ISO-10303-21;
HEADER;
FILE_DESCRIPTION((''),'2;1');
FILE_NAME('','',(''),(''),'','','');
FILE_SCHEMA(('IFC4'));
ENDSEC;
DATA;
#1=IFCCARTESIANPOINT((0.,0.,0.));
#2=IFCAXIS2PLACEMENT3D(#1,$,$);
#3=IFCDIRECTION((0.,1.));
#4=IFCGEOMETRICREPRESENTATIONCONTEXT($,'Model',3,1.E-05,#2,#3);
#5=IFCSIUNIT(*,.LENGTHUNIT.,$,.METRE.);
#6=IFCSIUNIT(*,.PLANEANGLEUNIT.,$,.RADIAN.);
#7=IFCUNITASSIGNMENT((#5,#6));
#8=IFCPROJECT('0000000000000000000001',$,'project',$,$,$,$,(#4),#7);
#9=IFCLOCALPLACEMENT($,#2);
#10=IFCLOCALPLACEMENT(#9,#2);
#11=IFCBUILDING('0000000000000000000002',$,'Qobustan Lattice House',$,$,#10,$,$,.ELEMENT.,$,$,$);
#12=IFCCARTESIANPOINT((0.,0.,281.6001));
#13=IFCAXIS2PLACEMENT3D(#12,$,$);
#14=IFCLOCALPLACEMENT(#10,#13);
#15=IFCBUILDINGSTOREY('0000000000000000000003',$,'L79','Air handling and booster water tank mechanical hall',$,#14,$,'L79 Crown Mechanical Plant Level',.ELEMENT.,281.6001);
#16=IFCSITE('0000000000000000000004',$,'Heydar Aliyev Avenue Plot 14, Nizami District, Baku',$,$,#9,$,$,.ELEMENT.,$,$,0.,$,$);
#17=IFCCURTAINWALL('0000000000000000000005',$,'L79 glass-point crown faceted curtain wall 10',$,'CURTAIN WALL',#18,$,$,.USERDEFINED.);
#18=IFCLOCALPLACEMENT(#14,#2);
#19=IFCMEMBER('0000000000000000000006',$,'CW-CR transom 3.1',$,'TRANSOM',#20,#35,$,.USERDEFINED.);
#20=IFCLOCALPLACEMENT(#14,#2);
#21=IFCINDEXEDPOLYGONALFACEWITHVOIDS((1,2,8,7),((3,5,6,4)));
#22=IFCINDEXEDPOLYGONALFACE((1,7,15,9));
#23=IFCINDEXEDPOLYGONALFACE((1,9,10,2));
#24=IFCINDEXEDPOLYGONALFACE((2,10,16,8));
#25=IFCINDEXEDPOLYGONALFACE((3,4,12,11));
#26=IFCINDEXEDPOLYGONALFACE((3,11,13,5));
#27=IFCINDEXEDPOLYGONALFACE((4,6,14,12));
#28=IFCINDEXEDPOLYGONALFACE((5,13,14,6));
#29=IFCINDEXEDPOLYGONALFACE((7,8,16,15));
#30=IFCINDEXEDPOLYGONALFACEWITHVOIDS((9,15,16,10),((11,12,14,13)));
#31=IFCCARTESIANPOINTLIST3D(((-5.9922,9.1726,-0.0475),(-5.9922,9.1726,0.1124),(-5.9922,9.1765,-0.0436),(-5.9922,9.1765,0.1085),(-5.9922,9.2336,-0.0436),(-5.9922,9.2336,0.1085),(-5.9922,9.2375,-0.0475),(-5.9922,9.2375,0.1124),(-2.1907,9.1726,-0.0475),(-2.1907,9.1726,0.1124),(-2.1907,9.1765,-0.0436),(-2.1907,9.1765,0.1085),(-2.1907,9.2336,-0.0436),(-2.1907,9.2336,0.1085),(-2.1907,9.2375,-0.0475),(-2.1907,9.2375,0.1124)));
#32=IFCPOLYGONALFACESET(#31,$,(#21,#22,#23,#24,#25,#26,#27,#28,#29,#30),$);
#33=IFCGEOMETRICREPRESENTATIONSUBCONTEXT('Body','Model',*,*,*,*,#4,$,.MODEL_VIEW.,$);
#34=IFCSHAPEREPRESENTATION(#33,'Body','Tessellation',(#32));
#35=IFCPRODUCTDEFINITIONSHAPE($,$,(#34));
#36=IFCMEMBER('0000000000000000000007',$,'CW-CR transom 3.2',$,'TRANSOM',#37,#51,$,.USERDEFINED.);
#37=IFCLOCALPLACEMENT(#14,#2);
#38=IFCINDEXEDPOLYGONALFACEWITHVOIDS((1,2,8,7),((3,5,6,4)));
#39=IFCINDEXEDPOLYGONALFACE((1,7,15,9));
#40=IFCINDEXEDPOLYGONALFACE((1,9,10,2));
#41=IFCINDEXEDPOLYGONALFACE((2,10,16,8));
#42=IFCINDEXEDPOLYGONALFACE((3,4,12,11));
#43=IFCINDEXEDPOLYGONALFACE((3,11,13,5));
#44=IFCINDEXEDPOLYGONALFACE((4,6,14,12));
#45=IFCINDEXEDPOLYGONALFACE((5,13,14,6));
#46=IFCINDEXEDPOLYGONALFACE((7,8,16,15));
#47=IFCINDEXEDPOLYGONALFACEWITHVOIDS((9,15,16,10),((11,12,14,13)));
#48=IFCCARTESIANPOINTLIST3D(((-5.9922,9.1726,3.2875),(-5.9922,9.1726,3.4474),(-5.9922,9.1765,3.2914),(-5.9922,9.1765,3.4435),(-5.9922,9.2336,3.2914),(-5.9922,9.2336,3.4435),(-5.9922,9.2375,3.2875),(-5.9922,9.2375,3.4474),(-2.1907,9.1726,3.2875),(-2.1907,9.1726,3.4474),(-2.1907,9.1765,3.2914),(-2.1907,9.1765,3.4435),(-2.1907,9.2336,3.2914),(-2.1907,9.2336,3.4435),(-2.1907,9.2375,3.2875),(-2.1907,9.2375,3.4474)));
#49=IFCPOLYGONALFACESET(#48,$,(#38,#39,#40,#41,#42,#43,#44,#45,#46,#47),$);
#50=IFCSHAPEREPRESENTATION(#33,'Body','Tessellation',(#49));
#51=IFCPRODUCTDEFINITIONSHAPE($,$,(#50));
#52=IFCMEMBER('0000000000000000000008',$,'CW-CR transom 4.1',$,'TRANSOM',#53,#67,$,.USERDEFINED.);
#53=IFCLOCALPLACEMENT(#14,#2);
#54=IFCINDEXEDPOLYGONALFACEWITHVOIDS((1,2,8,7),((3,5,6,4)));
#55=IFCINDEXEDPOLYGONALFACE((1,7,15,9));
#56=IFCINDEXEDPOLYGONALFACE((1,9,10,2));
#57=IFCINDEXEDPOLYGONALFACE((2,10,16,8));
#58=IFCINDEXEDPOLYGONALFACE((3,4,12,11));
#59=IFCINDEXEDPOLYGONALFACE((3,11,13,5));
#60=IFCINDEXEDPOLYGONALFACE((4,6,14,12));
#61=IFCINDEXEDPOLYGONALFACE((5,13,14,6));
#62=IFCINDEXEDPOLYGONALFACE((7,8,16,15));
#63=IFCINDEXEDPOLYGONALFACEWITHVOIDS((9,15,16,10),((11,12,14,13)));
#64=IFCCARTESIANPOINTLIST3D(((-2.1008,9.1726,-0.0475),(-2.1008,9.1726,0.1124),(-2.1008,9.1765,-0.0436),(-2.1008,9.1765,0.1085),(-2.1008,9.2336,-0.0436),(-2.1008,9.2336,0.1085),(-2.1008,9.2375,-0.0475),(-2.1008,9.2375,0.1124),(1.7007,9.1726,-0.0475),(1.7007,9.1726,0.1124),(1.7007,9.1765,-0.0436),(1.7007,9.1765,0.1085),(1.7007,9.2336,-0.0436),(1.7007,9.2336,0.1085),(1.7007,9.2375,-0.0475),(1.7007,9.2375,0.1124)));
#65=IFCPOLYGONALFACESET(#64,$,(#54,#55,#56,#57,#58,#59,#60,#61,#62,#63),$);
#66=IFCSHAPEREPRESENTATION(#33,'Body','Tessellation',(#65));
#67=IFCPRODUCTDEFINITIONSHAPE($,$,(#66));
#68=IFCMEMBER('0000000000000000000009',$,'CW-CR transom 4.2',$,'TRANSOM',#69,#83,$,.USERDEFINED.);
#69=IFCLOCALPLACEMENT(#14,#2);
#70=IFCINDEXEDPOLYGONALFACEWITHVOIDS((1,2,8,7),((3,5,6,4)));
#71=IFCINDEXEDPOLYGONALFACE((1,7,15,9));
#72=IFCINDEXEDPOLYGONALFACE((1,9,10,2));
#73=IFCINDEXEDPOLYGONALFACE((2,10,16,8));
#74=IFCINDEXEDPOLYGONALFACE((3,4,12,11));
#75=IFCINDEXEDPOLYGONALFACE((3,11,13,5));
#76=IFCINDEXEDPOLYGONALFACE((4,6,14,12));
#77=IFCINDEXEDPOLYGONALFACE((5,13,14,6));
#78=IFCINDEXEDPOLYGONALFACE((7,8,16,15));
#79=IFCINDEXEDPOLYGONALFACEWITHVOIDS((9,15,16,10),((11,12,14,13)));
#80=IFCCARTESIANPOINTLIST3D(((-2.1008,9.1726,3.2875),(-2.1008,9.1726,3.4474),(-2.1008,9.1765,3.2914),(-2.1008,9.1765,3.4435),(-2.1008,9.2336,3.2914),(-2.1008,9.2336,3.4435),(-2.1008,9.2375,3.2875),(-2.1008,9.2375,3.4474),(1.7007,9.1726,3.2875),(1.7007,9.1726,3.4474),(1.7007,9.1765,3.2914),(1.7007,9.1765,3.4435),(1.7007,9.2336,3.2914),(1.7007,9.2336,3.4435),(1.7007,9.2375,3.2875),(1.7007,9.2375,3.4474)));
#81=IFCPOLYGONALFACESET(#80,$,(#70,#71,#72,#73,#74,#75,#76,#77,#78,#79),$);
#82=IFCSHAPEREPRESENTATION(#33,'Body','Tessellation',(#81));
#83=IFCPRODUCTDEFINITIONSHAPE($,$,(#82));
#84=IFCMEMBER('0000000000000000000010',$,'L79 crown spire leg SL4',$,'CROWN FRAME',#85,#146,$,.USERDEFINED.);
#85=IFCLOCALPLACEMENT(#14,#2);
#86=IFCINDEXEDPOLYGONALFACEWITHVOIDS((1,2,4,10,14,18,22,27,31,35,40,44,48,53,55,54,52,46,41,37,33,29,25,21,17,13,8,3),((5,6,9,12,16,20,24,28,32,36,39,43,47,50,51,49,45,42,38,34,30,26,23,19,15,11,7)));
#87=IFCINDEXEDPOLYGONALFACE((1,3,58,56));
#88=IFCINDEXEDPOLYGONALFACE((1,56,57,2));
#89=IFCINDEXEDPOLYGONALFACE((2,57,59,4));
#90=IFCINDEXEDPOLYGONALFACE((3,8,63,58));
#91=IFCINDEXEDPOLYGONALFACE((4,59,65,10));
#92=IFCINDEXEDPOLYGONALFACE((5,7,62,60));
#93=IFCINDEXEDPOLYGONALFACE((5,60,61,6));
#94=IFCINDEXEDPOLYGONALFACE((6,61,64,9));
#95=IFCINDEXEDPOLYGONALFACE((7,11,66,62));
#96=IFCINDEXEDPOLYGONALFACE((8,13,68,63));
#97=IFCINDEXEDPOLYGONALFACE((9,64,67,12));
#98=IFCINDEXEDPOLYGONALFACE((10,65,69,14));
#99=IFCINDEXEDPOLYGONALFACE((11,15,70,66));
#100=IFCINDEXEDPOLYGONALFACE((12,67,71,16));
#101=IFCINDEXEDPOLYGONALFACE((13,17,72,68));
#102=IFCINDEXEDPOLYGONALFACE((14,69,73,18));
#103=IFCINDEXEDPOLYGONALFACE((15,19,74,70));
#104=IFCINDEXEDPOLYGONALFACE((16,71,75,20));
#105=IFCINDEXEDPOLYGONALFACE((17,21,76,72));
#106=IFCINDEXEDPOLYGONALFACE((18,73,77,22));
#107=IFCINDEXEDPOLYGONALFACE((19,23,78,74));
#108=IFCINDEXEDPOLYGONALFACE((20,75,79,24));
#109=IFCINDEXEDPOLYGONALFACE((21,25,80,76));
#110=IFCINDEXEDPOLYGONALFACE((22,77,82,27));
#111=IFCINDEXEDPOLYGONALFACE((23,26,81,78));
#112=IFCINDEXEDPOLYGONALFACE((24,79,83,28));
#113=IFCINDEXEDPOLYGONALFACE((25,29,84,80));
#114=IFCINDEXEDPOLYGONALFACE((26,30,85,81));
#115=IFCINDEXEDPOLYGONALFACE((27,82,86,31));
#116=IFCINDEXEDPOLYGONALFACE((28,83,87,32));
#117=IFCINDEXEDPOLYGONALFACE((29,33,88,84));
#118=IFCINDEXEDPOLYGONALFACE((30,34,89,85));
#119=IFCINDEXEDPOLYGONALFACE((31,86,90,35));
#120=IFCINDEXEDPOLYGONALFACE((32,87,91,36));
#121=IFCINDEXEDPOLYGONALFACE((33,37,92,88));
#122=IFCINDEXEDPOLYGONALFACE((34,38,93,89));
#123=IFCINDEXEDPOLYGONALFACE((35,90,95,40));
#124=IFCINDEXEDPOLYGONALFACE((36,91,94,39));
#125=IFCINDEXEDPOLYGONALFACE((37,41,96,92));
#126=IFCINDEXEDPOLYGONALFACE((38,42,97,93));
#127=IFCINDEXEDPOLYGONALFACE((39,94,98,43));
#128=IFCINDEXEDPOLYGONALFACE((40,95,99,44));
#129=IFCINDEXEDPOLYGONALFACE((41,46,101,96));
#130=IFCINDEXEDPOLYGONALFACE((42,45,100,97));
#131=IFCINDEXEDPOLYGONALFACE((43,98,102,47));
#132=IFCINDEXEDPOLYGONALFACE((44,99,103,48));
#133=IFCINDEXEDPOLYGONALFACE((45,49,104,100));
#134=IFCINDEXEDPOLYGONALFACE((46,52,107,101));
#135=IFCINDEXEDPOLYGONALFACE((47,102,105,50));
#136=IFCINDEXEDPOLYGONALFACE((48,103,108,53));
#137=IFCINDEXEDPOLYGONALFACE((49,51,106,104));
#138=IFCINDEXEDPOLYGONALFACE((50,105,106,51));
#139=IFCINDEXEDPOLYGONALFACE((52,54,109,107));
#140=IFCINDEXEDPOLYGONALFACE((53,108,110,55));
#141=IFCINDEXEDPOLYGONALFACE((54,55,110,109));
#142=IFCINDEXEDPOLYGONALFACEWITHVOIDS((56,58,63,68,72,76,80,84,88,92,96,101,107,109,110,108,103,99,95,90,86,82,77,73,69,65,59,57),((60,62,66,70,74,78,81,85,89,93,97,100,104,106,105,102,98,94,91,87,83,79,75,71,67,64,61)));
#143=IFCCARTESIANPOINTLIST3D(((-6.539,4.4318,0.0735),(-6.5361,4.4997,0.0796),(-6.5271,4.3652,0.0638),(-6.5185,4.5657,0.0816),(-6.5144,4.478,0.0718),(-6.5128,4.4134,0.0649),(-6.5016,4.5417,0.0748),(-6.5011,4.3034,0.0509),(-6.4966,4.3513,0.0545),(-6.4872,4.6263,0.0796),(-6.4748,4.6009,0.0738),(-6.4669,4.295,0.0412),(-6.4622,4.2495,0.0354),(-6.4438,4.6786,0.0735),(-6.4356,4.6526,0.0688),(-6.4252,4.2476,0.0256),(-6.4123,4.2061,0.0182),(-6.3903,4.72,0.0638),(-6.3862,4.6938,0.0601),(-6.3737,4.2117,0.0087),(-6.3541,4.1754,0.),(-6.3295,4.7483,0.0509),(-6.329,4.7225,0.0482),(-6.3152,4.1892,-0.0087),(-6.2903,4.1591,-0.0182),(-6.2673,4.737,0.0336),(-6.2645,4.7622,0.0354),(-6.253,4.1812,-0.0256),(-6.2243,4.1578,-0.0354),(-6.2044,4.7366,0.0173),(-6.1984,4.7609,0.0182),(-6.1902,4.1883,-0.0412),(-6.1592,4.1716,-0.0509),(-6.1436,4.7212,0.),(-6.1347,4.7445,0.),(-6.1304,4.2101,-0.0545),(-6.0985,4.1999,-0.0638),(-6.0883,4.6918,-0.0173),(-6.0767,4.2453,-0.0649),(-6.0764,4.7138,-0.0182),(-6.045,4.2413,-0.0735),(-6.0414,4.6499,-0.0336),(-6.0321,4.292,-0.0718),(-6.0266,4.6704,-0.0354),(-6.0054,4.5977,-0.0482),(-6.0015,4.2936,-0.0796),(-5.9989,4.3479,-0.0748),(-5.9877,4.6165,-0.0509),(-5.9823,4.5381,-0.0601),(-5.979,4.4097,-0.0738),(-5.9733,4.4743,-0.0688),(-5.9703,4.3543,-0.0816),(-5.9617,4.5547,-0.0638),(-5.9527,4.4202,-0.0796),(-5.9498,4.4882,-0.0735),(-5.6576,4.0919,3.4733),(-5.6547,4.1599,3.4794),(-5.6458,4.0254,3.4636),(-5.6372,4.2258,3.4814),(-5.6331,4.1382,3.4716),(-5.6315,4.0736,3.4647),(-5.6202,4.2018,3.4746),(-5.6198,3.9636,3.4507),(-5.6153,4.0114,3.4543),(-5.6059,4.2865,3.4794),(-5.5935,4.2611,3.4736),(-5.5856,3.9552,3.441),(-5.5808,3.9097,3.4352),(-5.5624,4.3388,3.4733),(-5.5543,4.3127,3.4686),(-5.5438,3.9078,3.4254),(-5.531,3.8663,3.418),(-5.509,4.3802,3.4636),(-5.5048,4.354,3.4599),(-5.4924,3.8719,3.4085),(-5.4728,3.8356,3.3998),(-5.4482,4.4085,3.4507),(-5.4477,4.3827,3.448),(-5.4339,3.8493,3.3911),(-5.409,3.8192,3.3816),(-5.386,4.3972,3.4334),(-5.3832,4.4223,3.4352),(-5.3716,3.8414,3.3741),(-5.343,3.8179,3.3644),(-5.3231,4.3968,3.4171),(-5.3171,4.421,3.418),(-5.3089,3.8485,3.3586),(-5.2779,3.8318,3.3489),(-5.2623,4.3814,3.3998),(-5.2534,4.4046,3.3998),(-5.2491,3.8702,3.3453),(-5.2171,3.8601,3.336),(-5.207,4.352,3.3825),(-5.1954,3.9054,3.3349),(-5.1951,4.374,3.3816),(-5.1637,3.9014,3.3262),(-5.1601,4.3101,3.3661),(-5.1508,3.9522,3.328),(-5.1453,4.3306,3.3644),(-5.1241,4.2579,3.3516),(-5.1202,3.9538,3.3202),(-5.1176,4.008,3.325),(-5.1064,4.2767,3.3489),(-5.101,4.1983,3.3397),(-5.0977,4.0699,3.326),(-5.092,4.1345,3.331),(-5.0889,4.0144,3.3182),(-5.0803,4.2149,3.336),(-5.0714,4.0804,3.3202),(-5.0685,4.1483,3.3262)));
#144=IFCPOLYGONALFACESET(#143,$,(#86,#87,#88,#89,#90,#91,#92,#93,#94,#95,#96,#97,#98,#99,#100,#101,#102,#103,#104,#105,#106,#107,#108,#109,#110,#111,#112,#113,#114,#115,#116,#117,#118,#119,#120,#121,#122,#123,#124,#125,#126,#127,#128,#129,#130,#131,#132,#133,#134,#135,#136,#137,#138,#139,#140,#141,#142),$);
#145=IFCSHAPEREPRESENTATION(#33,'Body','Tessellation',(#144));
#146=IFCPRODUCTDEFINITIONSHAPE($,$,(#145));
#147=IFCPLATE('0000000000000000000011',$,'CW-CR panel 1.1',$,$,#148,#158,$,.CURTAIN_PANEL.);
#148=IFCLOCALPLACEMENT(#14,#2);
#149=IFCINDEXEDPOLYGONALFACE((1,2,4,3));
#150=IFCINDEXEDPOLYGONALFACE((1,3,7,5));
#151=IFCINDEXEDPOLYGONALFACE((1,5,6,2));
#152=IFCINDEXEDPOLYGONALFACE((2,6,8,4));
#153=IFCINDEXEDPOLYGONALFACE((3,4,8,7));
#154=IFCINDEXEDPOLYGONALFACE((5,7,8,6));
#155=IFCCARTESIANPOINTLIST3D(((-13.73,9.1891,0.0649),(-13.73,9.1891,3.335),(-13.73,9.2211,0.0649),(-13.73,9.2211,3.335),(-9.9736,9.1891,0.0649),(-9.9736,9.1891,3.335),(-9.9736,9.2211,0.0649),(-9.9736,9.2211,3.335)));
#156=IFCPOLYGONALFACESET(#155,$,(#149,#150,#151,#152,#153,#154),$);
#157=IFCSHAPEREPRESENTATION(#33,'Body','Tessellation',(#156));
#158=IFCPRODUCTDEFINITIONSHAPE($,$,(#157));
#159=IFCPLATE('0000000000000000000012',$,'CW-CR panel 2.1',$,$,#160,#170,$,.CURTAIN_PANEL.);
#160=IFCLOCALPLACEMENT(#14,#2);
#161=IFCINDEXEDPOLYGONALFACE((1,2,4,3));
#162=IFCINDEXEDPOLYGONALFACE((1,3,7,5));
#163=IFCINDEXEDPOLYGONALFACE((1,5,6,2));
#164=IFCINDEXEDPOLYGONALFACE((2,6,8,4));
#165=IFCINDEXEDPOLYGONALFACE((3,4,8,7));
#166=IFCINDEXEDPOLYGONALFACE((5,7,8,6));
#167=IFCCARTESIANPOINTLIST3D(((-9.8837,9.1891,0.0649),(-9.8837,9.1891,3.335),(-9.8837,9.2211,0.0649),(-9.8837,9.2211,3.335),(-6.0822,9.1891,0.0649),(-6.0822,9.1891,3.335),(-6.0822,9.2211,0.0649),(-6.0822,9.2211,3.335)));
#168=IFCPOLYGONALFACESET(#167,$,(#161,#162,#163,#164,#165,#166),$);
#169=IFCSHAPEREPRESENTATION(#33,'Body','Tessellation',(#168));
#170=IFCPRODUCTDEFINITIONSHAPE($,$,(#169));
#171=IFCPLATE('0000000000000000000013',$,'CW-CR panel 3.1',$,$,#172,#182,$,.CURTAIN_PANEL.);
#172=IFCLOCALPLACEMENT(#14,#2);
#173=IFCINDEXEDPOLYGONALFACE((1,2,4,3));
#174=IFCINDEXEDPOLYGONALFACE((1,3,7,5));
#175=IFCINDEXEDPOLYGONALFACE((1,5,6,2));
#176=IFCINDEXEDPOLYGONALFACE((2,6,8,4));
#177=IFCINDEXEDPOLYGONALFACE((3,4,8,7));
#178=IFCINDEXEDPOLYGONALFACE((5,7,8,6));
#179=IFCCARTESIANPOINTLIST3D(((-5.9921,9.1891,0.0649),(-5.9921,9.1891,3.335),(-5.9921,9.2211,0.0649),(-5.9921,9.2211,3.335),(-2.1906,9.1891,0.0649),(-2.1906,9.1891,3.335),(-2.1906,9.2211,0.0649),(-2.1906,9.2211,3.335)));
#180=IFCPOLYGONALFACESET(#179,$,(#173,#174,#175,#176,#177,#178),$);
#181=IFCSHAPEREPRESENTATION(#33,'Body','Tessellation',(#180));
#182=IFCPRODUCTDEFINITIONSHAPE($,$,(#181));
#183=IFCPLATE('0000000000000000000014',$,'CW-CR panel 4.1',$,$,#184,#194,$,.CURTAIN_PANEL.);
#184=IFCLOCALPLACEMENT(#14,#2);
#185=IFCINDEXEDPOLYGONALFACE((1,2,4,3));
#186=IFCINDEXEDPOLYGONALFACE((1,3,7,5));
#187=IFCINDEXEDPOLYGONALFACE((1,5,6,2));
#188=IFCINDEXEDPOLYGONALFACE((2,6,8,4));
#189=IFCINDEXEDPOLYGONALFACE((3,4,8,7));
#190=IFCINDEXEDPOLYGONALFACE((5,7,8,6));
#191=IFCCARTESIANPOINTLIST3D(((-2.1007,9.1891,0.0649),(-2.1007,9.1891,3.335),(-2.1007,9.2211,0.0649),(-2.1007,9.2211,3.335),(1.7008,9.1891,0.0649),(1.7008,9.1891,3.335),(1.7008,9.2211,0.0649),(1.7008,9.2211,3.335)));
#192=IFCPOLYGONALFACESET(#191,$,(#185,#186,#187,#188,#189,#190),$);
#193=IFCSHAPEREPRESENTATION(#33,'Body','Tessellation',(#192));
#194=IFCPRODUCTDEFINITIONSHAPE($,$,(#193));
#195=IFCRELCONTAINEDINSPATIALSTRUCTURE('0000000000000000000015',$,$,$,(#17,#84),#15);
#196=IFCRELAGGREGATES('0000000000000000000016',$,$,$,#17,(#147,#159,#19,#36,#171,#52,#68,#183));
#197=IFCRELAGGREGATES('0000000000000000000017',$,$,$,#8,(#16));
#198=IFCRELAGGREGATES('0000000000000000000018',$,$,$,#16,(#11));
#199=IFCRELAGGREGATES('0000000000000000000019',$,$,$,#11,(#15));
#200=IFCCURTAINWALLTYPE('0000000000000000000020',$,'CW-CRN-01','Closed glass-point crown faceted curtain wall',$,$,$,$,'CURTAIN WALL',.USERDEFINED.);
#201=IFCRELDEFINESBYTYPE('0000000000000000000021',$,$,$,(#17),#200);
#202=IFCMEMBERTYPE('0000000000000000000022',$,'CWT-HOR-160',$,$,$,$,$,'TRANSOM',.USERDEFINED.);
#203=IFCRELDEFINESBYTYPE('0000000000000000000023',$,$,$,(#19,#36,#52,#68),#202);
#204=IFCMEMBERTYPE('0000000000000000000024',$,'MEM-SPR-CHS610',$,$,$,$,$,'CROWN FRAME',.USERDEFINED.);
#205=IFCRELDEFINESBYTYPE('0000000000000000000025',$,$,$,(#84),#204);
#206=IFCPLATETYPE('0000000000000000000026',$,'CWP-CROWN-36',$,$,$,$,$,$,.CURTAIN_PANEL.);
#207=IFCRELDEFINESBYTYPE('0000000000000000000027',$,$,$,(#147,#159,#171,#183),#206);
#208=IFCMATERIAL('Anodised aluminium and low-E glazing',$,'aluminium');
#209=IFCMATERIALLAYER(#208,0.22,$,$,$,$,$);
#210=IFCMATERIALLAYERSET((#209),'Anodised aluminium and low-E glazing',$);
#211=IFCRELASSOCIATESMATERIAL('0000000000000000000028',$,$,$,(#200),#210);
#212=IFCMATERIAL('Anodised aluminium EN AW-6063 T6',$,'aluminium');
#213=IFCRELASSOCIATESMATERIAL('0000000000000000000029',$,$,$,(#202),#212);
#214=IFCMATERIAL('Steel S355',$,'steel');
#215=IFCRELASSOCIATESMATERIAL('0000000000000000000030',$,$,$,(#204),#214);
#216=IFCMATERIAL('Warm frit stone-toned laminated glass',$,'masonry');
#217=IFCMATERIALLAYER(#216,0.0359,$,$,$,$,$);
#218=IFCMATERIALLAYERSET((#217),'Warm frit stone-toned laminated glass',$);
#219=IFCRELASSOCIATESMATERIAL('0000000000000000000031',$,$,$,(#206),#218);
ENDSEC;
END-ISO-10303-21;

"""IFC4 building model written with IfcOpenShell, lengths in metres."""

from ifc_helpers import new_model, si_unit, direction, frame, origin, origin_2d, place, context, subcontext, project, spatial, rectangle, hollow_rectangle, hollow_circle, extrude, material, layer, layer_set, material_profile, profile_set, type_object, element, aggregate, save


model = new_model("IFC4")

# Units and contexts
model_context = context("Model", 3, precision=1e-05, world=origin(), true_north=direction((0.0, 1.0)))
body_context = subcontext(model_context, "Body", "Model", "MODEL_VIEW")
ifc_project = project(units=[si_unit("LENGTHUNIT", "METRE"), si_unit("PLANEANGLEUNIT", "RADIAN")], contexts=[model_context])

# Site, building, storey
site_placement = place(None, origin())
site = spatial("IfcSite", under=ifc_project, at=site_placement, Name="Heydar Aliyev Avenue Plot 14, Nizami District, Baku", CompositionType="ELEMENT", RefElevation=0.0)
building_placement = place(site_placement, origin())
building = spatial("IfcBuilding", under=site, at=building_placement, Name="Qobustan Lattice House", CompositionType="ELEMENT")
storey_placement = place(building_placement, frame((0.0, 0.0, 281.6001)))
storey = spatial("IfcBuildingStorey", under=building, at=storey_placement, Name="L79", Description="Air handling and booster water tank mechanical hall", LongName="L79 Crown Mechanical Plant Level", CompositionType="ELEMENT", Elevation=281.6001)

# Curtain wall, members
ifc_material_1 = material(Name="Anodised aluminium and low-E glazing", Category="aluminium")
ifc_layer_1 = layer(ifc_material_1, 0.22)
ifc_layer_set_1 = layer_set([ifc_layer_1], Name="Anodised aluminium and low-E glazing")
curtain_wall_type = type_object("IfcCurtainWallType", Name="CW-CRN-01", Description="Closed glass-point crown faceted curtain wall", ElementType="CURTAIN WALL", PredefinedType="USERDEFINED", material=ifc_layer_set_1)
curtain_wall_placement = place(storey_placement, origin())
curtain_wall = element("IfcCurtainWall", 1, at=curtain_wall_placement, inside=storey, type_object=curtain_wall_type, Name="L79 glass-point crown faceted curtain wall 10", ObjectType="CURTAIN WALL", PredefinedType="USERDEFINED")
ifc_material_2 = material(Name="Anodised aluminium EN AW-6063 T6", Category="aluminium")
ifc_material_profile_1 = material_profile(ifc_material_2, hollow_rectangle(XDim=0.0649, YDim=0.1599, WallThickness=0.0039, at=origin_2d()), Name="CWT-160x65")
ifc_profile_set_1 = profile_set([ifc_material_profile_1], Name="Anodised aluminium EN AW-6063 T6")
member_type_1 = type_object("IfcMemberType", Name="CWT-HOR-160", ElementType="TRANSOM", PredefinedType="USERDEFINED", material=ifc_profile_set_1)
member_1_placement = place(storey_placement, frame((-5.9922, 9.2051, 0.0325), z_axis=(1.0, 0.0, 0.0), x_axis=(0.0, 1.0, 0.0)))
member_1 = element("IfcMember", 2, at=member_1_placement, type_object=member_type_1, Name="CW-CR transom 3.1", ObjectType="TRANSOM", PredefinedType="USERDEFINED", context=body_context, shape_type="SweptSolid", body=[
    extrude(hollow_rectangle(XDim=0.0649, YDim=0.1599, WallThickness=0.0039, at=origin_2d()), origin(), (0.0, 0.0, 1.0), 3.8015),
])
member_2_placement = place(storey_placement, frame((-5.9922, 9.2051, 3.3674), z_axis=(1.0, 0.0, 0.0), x_axis=(0.0, 1.0, 0.0)))
member_2 = element("IfcMember", 3, at=member_2_placement, type_object=member_type_1, Name="CW-CR transom 3.2", ObjectType="TRANSOM", PredefinedType="USERDEFINED", context=body_context, shape_type="SweptSolid", body=[
    extrude(hollow_rectangle(XDim=0.0649, YDim=0.1599, WallThickness=0.0039, at=origin_2d()), origin(), (0.0, 0.0, 1.0), 3.8015),
])
member_3_placement = place(storey_placement, frame((-2.1008, 9.2051, 0.0325), z_axis=(1.0, 0.0, 0.0), x_axis=(0.0, 1.0, 0.0)))
member_3 = element("IfcMember", 4, at=member_3_placement, type_object=member_type_1, Name="CW-CR transom 4.1", ObjectType="TRANSOM", PredefinedType="USERDEFINED", context=body_context, shape_type="SweptSolid", body=[
    extrude(hollow_rectangle(XDim=0.0649, YDim=0.1599, WallThickness=0.0039, at=origin_2d()), origin(), (0.0, 0.0, 1.0), 3.8015),
])
member_4_placement = place(storey_placement, frame((-2.1008, 9.2051, 3.3674), z_axis=(1.0, 0.0, 0.0), x_axis=(0.0, 1.0, 0.0)))
member_4 = element("IfcMember", 5, at=member_4_placement, type_object=member_type_1, Name="CW-CR transom 4.2", ObjectType="TRANSOM", PredefinedType="USERDEFINED", context=body_context, shape_type="SweptSolid", body=[
    extrude(hollow_rectangle(XDim=0.0649, YDim=0.1599, WallThickness=0.0039, at=origin_2d()), origin(), (0.0, 0.0, 1.0), 3.8015),
])

# Member
ifc_material_3 = material(Name="Steel S355", Category="steel")
ifc_material_profile_2 = material_profile(ifc_material_3, hollow_circle(Radius=0.3049, WallThickness=0.0249, at=origin_2d()), Name="CHS610x25")
ifc_profile_set_2 = profile_set([ifc_material_profile_2], Name="Steel S355")
member_type_2 = type_object("IfcMemberType", Name="MEM-SPR-CHS610", ElementType="CROWN FRAME", PredefinedType="USERDEFINED", material=ifc_profile_set_2)
member_5_placement = place(storey_placement, frame((-6.2444, 4.46, 0.0), z_axis=(0.249767, -0.096309, 0.963505), x_axis=(0.359776, 0.933039, 0.0)))
element("IfcMember", 6, at=member_5_placement, inside=storey, type_object=member_type_2, Name="L79 crown spire leg SL4", ObjectType="CROWN FRAME", PredefinedType="USERDEFINED", context=body_context, shape_type="SweptSolid", body=[
    extrude(hollow_circle(Radius=0.3049, WallThickness=0.0249, at=origin_2d()), origin(), (0.0, 0.0, 1.0), 3.5286),
])

# Plates
ifc_material_4 = material(Name="Warm frit stone-toned laminated glass", Category="masonry")
ifc_layer_2 = layer(ifc_material_4, 0.0359)
ifc_layer_set_2 = layer_set([ifc_layer_2], Name="Warm frit stone-toned laminated glass")
plate_type_1 = type_object("IfcPlateType", Name="CWP-CROWN-36", PredefinedType="CURTAIN_PANEL", material=ifc_layer_set_2)
plate_1_placement = place(storey_placement, frame((-11.8518, 9.2051, 0.0649), z_axis=(0.0, 0.0, 1.0), x_axis=(1.0, 0.0, 0.0)))
plate_1 = element("IfcPlate", 7, at=plate_1_placement, type_object=plate_type_1, Name="CW-CR panel 1.1", PredefinedType="CURTAIN_PANEL", context=body_context, shape_type="SweptSolid", body=[
    extrude(rectangle(XDim=3.7563, YDim=0.032, at=origin_2d()), origin(), (0.0, 0.0, 1.0), 3.27),
])
plate_2_placement = place(storey_placement, frame((-7.9829, 9.2051, 0.0649), z_axis=(0.0, 0.0, 1.0), x_axis=(1.0, 0.0, 0.0)))
plate_2 = element("IfcPlate", 8, at=plate_2_placement, type_object=plate_type_1, Name="CW-CR panel 2.1", PredefinedType="CURTAIN_PANEL", context=body_context, shape_type="SweptSolid", body=[
    extrude(rectangle(XDim=3.8015, YDim=0.032, at=origin_2d()), origin(), (0.0, 0.0, 1.0), 3.27),
])
plate_3_placement = place(storey_placement, frame((-4.0913, 9.2051, 0.0649), z_axis=(0.0, 0.0, 1.0), x_axis=(1.0, 0.0, 0.0)))
plate_3 = element("IfcPlate", 9, at=plate_3_placement, type_object=plate_type_1, Name="CW-CR panel 3.1", PredefinedType="CURTAIN_PANEL", context=body_context, shape_type="SweptSolid", body=[
    extrude(rectangle(XDim=3.8015, YDim=0.032, at=origin_2d()), origin(), (0.0, 0.0, 1.0), 3.27),
])
plate_4_placement = place(storey_placement, frame((-0.2, 9.2051, 0.0649), z_axis=(0.0, 0.0, 1.0), x_axis=(1.0, 0.0, 0.0)))
plate_4 = element("IfcPlate", 10, at=plate_4_placement, type_object=plate_type_1, Name="CW-CR panel 4.1", PredefinedType="CURTAIN_PANEL", context=body_context, shape_type="SweptSolid", body=[
    extrude(rectangle(XDim=3.8015, YDim=0.032, at=origin_2d()), origin(), (0.0, 0.0, 1.0), 3.27),
])
aggregate(curtain_wall, [plate_1, plate_2, member_1, member_2, plate_3, member_3, member_4, plate_4])

save(model, "model.ifc")
